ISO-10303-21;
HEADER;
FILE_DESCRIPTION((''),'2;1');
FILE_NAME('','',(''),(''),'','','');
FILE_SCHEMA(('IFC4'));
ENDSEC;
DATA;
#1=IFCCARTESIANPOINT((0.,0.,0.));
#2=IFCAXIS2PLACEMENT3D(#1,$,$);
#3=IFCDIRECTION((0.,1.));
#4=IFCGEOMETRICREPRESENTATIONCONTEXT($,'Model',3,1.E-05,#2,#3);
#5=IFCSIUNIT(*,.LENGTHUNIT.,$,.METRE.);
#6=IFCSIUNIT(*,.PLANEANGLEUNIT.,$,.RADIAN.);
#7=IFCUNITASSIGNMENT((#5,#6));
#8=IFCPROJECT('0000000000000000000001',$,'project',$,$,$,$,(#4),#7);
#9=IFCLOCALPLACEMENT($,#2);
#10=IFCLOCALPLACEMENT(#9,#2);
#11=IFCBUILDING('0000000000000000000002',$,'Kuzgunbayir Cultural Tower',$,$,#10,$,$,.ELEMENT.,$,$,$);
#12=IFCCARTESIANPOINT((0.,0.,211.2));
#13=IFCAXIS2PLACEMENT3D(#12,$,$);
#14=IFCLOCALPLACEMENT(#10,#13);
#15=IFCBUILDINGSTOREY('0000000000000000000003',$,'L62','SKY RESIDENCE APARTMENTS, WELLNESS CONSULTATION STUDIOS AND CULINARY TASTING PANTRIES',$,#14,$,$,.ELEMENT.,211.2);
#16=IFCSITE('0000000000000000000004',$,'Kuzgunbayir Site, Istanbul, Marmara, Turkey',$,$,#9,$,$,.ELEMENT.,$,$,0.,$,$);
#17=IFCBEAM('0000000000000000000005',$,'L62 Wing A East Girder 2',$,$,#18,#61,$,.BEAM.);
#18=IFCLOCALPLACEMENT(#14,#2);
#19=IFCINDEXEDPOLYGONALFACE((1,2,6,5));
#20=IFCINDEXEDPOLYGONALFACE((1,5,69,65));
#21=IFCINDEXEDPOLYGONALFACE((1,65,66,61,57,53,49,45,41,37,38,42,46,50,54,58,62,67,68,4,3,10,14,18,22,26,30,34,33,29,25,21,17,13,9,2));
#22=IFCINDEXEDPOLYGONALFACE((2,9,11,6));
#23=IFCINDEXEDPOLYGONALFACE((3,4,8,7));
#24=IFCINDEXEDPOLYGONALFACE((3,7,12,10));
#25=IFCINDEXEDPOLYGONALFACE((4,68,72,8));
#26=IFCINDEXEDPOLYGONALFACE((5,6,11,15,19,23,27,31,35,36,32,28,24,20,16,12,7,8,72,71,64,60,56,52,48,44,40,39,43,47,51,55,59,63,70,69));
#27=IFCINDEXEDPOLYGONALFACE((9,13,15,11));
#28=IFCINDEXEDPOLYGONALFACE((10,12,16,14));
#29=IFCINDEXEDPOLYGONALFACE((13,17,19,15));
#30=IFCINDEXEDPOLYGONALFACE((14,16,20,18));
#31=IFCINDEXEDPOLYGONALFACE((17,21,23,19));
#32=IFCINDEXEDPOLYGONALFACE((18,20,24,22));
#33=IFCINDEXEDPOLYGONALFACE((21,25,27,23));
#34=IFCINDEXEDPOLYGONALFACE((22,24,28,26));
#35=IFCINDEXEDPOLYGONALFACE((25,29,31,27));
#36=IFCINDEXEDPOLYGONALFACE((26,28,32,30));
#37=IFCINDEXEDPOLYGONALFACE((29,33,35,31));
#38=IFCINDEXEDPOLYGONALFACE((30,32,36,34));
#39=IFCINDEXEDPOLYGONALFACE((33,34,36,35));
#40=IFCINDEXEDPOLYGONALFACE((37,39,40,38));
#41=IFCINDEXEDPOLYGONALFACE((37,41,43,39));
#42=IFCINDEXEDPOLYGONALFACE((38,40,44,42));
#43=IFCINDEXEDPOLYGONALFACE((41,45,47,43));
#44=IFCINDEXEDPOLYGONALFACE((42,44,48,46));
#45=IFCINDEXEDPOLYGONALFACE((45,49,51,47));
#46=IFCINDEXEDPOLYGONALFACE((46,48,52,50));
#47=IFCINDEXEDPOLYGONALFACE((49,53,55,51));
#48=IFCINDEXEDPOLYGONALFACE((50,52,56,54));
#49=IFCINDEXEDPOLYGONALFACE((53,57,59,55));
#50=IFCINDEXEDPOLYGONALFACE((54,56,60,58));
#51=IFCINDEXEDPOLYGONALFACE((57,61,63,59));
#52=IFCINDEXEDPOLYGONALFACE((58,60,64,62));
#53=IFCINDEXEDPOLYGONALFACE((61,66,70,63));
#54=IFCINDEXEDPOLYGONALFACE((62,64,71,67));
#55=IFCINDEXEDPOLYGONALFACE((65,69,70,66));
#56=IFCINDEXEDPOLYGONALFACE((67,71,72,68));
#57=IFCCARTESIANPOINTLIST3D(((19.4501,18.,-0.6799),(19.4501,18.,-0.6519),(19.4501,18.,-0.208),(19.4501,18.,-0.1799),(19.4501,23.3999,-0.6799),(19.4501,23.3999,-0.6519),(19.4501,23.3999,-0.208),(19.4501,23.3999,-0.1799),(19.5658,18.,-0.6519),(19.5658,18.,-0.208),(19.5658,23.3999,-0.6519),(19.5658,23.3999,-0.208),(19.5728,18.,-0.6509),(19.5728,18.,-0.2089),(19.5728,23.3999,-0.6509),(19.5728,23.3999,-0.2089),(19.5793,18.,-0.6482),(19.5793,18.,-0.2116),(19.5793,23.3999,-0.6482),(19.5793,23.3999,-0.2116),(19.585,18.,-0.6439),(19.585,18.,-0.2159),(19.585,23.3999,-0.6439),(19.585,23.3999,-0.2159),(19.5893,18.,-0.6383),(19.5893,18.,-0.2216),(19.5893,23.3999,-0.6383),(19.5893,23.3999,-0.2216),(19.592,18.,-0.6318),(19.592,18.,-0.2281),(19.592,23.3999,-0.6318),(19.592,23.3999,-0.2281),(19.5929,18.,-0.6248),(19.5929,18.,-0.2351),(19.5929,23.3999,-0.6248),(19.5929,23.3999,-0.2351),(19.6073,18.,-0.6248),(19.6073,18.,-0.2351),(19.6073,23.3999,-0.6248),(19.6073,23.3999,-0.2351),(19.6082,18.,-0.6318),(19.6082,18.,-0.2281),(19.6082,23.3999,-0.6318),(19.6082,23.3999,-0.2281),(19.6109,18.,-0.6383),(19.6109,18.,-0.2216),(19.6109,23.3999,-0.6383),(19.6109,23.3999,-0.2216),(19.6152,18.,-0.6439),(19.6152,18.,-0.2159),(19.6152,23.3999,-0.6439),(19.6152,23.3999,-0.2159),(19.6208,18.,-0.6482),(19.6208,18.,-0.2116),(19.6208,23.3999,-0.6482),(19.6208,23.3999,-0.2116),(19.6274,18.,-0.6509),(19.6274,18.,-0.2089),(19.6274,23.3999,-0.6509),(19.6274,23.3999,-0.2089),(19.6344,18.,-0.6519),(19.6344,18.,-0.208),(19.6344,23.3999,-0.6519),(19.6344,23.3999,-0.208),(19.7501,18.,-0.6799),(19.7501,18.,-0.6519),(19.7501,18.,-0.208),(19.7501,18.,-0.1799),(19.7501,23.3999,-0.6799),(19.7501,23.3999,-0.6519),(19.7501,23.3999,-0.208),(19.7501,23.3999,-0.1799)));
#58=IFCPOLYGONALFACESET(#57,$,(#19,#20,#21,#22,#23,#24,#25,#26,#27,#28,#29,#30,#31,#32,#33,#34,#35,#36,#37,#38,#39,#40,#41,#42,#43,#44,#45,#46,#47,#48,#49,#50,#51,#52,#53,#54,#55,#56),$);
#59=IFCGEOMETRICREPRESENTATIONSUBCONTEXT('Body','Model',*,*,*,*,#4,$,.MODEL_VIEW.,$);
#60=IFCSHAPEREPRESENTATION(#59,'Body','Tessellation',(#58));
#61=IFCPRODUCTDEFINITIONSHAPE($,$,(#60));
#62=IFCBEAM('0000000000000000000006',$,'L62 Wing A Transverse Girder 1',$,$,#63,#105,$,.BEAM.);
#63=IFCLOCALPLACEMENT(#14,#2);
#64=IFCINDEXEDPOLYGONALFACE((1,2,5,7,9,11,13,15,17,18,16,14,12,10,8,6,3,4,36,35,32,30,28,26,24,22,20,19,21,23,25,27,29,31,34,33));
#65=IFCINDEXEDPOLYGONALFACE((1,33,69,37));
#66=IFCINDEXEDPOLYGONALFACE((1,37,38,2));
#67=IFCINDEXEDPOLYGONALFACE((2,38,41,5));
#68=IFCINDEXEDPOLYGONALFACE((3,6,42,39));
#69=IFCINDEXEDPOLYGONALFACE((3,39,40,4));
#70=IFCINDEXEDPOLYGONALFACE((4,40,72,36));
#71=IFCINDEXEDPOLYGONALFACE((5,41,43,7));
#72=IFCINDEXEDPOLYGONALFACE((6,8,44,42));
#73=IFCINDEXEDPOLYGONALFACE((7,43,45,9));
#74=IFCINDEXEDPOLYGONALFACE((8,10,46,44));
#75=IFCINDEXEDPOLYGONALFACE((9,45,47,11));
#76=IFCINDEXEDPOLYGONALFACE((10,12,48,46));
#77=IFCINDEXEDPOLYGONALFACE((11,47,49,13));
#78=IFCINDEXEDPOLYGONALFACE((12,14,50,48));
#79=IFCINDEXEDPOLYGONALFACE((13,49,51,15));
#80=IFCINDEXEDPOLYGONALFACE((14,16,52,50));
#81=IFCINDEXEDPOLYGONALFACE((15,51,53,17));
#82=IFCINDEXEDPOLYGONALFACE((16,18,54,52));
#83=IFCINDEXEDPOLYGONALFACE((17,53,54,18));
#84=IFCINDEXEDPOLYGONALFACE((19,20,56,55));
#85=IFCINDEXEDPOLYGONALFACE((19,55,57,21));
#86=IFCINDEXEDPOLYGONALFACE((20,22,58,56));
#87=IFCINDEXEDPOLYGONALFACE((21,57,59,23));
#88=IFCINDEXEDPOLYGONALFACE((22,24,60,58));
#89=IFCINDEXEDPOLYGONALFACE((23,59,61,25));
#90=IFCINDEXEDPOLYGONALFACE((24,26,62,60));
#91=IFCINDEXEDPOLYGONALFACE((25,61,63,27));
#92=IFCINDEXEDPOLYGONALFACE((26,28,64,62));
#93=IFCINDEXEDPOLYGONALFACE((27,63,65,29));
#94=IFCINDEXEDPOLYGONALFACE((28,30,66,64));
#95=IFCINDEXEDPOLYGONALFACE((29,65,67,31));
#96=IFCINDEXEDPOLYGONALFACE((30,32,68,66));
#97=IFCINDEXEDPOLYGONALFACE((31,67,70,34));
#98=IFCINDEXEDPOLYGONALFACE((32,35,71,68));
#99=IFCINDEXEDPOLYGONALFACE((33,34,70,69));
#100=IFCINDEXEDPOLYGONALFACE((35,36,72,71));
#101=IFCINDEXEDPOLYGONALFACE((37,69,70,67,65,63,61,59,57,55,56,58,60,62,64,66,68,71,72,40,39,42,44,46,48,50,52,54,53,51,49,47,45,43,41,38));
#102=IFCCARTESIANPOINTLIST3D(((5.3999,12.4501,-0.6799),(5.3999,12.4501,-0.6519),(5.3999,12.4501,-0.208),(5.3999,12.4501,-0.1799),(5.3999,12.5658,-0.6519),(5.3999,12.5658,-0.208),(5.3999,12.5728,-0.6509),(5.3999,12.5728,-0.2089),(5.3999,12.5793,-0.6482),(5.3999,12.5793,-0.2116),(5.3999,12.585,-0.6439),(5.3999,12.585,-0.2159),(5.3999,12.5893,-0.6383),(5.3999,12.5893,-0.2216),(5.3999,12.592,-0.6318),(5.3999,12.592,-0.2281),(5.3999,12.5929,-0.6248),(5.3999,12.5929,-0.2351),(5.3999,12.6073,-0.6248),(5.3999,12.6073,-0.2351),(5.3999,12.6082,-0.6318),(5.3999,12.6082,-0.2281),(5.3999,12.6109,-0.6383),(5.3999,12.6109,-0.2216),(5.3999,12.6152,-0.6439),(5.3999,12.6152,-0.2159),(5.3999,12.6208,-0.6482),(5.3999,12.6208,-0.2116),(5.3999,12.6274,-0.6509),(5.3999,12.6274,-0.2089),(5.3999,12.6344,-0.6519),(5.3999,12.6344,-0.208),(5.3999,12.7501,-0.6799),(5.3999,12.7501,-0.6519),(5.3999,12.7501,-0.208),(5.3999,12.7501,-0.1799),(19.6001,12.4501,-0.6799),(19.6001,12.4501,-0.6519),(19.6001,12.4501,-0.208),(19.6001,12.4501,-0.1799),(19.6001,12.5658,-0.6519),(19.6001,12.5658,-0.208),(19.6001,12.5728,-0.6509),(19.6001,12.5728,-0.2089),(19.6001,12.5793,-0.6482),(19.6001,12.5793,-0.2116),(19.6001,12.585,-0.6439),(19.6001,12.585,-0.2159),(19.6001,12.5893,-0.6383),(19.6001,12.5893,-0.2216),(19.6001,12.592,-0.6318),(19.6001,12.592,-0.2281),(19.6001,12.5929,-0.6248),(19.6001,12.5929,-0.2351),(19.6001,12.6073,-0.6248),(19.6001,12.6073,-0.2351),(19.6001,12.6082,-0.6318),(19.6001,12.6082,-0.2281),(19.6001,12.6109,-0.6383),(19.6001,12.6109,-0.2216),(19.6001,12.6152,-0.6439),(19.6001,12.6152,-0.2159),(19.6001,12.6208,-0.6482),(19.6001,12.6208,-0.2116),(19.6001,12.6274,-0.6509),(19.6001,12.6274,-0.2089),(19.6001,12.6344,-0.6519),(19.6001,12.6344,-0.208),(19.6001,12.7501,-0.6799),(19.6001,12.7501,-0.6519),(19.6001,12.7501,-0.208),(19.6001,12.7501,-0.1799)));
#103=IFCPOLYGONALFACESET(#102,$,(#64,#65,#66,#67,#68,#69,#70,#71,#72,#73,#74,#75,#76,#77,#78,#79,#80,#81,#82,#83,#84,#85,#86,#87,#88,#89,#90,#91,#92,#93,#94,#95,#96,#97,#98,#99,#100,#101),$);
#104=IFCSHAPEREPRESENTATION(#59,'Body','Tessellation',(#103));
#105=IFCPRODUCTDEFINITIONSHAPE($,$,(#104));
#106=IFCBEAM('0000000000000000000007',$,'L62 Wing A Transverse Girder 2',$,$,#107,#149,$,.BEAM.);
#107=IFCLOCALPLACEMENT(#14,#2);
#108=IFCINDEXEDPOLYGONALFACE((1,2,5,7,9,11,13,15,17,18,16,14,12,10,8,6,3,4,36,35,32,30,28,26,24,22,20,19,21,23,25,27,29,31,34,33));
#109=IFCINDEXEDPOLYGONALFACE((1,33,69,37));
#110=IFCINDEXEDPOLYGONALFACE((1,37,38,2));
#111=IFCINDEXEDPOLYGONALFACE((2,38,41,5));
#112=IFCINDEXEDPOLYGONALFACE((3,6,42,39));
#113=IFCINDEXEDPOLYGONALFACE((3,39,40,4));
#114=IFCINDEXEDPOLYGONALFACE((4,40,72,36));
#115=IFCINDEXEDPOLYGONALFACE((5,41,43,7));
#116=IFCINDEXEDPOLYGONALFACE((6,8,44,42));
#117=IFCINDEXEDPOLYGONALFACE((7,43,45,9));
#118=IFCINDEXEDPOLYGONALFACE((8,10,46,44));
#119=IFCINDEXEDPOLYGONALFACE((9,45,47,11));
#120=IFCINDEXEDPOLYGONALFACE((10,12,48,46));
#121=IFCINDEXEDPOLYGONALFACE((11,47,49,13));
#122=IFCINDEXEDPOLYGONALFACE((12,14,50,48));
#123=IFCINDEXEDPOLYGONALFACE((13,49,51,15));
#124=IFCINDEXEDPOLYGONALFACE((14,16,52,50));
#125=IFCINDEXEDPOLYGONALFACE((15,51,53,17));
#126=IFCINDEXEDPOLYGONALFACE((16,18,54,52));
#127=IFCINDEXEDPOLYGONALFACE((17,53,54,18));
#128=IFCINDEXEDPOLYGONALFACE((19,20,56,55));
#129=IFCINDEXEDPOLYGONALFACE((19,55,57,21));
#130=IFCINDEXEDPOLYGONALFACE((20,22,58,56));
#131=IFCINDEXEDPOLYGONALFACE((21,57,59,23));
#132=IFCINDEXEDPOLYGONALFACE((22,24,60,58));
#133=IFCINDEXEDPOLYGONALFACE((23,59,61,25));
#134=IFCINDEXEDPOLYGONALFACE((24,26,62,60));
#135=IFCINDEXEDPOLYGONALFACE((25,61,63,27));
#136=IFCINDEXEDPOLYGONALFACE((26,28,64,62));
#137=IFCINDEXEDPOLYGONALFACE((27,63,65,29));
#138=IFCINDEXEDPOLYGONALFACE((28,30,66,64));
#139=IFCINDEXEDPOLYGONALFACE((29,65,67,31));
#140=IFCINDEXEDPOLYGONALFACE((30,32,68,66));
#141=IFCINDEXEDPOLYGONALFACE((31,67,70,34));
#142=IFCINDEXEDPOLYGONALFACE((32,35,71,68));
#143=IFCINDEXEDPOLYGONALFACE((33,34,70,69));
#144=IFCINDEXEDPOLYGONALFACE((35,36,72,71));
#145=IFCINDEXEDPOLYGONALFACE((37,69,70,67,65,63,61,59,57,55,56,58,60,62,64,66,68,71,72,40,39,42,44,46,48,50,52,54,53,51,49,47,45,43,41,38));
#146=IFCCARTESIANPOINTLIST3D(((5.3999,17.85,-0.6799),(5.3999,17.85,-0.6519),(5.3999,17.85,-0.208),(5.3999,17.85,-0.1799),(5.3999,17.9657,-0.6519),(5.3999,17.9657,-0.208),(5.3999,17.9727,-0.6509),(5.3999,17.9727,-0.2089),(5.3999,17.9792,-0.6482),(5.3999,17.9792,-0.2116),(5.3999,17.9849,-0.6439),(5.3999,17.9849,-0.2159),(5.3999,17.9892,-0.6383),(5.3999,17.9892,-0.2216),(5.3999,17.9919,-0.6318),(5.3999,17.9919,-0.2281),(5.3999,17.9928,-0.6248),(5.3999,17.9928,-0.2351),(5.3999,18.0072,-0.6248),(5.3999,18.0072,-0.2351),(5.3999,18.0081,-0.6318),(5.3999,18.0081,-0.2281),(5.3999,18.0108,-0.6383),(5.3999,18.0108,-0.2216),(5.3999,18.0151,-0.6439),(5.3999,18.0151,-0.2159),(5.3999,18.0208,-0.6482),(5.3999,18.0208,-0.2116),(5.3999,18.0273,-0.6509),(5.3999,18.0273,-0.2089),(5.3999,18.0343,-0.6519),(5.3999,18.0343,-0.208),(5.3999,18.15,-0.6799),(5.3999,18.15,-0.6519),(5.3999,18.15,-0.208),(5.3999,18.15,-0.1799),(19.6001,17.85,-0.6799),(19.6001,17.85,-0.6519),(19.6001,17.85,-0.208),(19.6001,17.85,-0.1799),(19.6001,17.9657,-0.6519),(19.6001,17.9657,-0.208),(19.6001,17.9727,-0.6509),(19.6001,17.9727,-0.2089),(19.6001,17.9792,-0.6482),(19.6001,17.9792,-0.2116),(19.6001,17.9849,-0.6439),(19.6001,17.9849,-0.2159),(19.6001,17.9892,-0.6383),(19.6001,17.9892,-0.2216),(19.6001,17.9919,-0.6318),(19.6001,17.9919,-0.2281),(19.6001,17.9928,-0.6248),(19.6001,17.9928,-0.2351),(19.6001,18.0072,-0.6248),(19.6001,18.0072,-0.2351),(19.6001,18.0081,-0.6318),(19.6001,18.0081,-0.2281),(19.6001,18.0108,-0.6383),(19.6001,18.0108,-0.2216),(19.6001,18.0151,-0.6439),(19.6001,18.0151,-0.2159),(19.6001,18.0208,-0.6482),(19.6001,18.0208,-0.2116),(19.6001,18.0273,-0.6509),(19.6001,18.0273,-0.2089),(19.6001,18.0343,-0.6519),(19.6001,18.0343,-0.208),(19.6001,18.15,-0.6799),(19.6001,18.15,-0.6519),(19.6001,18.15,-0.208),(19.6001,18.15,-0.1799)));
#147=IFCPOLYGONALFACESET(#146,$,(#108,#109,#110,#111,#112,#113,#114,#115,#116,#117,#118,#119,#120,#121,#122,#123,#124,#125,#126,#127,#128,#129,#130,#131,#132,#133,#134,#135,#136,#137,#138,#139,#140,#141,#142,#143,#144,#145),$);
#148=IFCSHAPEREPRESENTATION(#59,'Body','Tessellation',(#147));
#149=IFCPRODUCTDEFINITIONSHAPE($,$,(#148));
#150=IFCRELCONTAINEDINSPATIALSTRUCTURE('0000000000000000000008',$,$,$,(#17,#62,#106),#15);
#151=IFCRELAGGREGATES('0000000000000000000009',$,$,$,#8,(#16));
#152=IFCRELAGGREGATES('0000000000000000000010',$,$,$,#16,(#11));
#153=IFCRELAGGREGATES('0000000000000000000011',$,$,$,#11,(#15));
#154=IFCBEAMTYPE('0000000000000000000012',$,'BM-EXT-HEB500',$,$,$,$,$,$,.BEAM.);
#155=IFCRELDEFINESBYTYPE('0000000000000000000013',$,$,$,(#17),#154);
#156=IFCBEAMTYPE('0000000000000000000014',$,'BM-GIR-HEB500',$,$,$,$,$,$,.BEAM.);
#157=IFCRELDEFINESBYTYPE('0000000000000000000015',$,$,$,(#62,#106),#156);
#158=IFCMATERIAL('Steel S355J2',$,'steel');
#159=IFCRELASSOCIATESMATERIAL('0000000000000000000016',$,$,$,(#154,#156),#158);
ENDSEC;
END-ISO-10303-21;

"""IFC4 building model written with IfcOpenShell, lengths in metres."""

from ifc_helpers import new_model, si_unit, direction, frame, origin, origin_2d, place, context, subcontext, project, spatial, i_section, extrude, material, material_profile, profile_set, type_object, element, save


model = new_model("IFC4")

# Units and contexts
model_context = context("Model", 3, precision=1e-05, world=origin(), true_north=direction((0.0, 1.0)))
body_context = subcontext(model_context, "Body", "Model", "MODEL_VIEW")
ifc_project = project(units=[si_unit("LENGTHUNIT", "METRE"), si_unit("PLANEANGLEUNIT", "RADIAN")], contexts=[model_context])

# Site, building, storey
site_placement = place(None, origin())
site = spatial("IfcSite", under=ifc_project, at=site_placement, Name="Kuzgunbayir Site, Istanbul, Marmara, Turkey", CompositionType="ELEMENT", RefElevation=0.0)
building_placement = place(site_placement, origin())
building = spatial("IfcBuilding", under=site, at=building_placement, Name="Kuzgunbayir Cultural Tower", CompositionType="ELEMENT")
storey_placement = place(building_placement, frame((0.0, 0.0, 211.2)))
storey = spatial("IfcBuildingStorey", under=building, at=storey_placement, Name="L62", Description="SKY RESIDENCE APARTMENTS, WELLNESS CONSULTATION STUDIOS AND CULINARY TASTING PANTRIES", CompositionType="ELEMENT", Elevation=211.2)

# Beams
ifc_material_1 = material(Name="Steel S355J2", Category="steel")
ifc_material_profile_1 = material_profile(ifc_material_1, i_section(OverallWidth=0.3, OverallDepth=0.5, WebThickness=0.0144, FlangeThickness=0.0281, FilletRadius=0.0271, at=origin_2d()), Name="HEB 500")
ifc_profile_set_1 = profile_set([ifc_material_profile_1], Name="Steel S355J2")
beam_type_1 = type_object("IfcBeamType", Name="BM-EXT-HEB500", PredefinedType="BEAM", material=ifc_profile_set_1)
for number, where, z_axis, x_axis, name in (
    (1, (19.6001, 18.0, -0.4299), (0.0, 1.0, 0.0), (-1.0, 0.0, 0.0), "L62 Wing A East Girder 2"),
):
    element("IfcBeam", number, at=place(storey_placement, frame(where, z_axis=z_axis, x_axis=x_axis)), inside=storey, type_object=beam_type_1, Name=name, PredefinedType="BEAM", context=body_context, shape_type="SweptSolid", body=[
        extrude(i_section(OverallWidth=0.3, OverallDepth=0.5, WebThickness=0.0144, FlangeThickness=0.0281, FilletRadius=0.0271, at=origin_2d()), origin(), (0.0, 0.0, 1.0), 5.3999),
    ])
ifc_material_profile_2 = material_profile(ifc_material_1, i_section(OverallWidth=0.3, OverallDepth=0.5, WebThickness=0.0144, FlangeThickness=0.0281, FilletRadius=0.0271, at=origin_2d()), Name="HEB 500")
ifc_profile_set_2 = profile_set([ifc_material_profile_2], Name="Steel S355J2")
beam_type_2 = type_object("IfcBeamType", Name="BM-GIR-HEB500", PredefinedType="BEAM", material=ifc_profile_set_2)
for number, where, z_axis, x_axis, name in (
    (2, (5.3999, 12.6001, -0.4299), (1.0, 0.0, 0.0), (0.0, 1.0, 0.0), "L62 Wing A Transverse Girder 1"),
    (3, (5.3999, 18.0, -0.4299), (1.0, 0.0, 0.0), (0.0, 1.0, 0.0), "L62 Wing A Transverse Girder 2"),
):
    element("IfcBeam", number, at=place(storey_placement, frame(where, z_axis=z_axis, x_axis=x_axis)), inside=storey, type_object=beam_type_2, Name=name, PredefinedType="BEAM", context=body_context, shape_type="SweptSolid", body=[
        extrude(i_section(OverallWidth=0.3, OverallDepth=0.5, WebThickness=0.0144, FlangeThickness=0.0281, FilletRadius=0.0271, at=origin_2d()), origin(), (0.0, 0.0, 1.0), 14.2002),
    ])

save(model, "model.ifc")
